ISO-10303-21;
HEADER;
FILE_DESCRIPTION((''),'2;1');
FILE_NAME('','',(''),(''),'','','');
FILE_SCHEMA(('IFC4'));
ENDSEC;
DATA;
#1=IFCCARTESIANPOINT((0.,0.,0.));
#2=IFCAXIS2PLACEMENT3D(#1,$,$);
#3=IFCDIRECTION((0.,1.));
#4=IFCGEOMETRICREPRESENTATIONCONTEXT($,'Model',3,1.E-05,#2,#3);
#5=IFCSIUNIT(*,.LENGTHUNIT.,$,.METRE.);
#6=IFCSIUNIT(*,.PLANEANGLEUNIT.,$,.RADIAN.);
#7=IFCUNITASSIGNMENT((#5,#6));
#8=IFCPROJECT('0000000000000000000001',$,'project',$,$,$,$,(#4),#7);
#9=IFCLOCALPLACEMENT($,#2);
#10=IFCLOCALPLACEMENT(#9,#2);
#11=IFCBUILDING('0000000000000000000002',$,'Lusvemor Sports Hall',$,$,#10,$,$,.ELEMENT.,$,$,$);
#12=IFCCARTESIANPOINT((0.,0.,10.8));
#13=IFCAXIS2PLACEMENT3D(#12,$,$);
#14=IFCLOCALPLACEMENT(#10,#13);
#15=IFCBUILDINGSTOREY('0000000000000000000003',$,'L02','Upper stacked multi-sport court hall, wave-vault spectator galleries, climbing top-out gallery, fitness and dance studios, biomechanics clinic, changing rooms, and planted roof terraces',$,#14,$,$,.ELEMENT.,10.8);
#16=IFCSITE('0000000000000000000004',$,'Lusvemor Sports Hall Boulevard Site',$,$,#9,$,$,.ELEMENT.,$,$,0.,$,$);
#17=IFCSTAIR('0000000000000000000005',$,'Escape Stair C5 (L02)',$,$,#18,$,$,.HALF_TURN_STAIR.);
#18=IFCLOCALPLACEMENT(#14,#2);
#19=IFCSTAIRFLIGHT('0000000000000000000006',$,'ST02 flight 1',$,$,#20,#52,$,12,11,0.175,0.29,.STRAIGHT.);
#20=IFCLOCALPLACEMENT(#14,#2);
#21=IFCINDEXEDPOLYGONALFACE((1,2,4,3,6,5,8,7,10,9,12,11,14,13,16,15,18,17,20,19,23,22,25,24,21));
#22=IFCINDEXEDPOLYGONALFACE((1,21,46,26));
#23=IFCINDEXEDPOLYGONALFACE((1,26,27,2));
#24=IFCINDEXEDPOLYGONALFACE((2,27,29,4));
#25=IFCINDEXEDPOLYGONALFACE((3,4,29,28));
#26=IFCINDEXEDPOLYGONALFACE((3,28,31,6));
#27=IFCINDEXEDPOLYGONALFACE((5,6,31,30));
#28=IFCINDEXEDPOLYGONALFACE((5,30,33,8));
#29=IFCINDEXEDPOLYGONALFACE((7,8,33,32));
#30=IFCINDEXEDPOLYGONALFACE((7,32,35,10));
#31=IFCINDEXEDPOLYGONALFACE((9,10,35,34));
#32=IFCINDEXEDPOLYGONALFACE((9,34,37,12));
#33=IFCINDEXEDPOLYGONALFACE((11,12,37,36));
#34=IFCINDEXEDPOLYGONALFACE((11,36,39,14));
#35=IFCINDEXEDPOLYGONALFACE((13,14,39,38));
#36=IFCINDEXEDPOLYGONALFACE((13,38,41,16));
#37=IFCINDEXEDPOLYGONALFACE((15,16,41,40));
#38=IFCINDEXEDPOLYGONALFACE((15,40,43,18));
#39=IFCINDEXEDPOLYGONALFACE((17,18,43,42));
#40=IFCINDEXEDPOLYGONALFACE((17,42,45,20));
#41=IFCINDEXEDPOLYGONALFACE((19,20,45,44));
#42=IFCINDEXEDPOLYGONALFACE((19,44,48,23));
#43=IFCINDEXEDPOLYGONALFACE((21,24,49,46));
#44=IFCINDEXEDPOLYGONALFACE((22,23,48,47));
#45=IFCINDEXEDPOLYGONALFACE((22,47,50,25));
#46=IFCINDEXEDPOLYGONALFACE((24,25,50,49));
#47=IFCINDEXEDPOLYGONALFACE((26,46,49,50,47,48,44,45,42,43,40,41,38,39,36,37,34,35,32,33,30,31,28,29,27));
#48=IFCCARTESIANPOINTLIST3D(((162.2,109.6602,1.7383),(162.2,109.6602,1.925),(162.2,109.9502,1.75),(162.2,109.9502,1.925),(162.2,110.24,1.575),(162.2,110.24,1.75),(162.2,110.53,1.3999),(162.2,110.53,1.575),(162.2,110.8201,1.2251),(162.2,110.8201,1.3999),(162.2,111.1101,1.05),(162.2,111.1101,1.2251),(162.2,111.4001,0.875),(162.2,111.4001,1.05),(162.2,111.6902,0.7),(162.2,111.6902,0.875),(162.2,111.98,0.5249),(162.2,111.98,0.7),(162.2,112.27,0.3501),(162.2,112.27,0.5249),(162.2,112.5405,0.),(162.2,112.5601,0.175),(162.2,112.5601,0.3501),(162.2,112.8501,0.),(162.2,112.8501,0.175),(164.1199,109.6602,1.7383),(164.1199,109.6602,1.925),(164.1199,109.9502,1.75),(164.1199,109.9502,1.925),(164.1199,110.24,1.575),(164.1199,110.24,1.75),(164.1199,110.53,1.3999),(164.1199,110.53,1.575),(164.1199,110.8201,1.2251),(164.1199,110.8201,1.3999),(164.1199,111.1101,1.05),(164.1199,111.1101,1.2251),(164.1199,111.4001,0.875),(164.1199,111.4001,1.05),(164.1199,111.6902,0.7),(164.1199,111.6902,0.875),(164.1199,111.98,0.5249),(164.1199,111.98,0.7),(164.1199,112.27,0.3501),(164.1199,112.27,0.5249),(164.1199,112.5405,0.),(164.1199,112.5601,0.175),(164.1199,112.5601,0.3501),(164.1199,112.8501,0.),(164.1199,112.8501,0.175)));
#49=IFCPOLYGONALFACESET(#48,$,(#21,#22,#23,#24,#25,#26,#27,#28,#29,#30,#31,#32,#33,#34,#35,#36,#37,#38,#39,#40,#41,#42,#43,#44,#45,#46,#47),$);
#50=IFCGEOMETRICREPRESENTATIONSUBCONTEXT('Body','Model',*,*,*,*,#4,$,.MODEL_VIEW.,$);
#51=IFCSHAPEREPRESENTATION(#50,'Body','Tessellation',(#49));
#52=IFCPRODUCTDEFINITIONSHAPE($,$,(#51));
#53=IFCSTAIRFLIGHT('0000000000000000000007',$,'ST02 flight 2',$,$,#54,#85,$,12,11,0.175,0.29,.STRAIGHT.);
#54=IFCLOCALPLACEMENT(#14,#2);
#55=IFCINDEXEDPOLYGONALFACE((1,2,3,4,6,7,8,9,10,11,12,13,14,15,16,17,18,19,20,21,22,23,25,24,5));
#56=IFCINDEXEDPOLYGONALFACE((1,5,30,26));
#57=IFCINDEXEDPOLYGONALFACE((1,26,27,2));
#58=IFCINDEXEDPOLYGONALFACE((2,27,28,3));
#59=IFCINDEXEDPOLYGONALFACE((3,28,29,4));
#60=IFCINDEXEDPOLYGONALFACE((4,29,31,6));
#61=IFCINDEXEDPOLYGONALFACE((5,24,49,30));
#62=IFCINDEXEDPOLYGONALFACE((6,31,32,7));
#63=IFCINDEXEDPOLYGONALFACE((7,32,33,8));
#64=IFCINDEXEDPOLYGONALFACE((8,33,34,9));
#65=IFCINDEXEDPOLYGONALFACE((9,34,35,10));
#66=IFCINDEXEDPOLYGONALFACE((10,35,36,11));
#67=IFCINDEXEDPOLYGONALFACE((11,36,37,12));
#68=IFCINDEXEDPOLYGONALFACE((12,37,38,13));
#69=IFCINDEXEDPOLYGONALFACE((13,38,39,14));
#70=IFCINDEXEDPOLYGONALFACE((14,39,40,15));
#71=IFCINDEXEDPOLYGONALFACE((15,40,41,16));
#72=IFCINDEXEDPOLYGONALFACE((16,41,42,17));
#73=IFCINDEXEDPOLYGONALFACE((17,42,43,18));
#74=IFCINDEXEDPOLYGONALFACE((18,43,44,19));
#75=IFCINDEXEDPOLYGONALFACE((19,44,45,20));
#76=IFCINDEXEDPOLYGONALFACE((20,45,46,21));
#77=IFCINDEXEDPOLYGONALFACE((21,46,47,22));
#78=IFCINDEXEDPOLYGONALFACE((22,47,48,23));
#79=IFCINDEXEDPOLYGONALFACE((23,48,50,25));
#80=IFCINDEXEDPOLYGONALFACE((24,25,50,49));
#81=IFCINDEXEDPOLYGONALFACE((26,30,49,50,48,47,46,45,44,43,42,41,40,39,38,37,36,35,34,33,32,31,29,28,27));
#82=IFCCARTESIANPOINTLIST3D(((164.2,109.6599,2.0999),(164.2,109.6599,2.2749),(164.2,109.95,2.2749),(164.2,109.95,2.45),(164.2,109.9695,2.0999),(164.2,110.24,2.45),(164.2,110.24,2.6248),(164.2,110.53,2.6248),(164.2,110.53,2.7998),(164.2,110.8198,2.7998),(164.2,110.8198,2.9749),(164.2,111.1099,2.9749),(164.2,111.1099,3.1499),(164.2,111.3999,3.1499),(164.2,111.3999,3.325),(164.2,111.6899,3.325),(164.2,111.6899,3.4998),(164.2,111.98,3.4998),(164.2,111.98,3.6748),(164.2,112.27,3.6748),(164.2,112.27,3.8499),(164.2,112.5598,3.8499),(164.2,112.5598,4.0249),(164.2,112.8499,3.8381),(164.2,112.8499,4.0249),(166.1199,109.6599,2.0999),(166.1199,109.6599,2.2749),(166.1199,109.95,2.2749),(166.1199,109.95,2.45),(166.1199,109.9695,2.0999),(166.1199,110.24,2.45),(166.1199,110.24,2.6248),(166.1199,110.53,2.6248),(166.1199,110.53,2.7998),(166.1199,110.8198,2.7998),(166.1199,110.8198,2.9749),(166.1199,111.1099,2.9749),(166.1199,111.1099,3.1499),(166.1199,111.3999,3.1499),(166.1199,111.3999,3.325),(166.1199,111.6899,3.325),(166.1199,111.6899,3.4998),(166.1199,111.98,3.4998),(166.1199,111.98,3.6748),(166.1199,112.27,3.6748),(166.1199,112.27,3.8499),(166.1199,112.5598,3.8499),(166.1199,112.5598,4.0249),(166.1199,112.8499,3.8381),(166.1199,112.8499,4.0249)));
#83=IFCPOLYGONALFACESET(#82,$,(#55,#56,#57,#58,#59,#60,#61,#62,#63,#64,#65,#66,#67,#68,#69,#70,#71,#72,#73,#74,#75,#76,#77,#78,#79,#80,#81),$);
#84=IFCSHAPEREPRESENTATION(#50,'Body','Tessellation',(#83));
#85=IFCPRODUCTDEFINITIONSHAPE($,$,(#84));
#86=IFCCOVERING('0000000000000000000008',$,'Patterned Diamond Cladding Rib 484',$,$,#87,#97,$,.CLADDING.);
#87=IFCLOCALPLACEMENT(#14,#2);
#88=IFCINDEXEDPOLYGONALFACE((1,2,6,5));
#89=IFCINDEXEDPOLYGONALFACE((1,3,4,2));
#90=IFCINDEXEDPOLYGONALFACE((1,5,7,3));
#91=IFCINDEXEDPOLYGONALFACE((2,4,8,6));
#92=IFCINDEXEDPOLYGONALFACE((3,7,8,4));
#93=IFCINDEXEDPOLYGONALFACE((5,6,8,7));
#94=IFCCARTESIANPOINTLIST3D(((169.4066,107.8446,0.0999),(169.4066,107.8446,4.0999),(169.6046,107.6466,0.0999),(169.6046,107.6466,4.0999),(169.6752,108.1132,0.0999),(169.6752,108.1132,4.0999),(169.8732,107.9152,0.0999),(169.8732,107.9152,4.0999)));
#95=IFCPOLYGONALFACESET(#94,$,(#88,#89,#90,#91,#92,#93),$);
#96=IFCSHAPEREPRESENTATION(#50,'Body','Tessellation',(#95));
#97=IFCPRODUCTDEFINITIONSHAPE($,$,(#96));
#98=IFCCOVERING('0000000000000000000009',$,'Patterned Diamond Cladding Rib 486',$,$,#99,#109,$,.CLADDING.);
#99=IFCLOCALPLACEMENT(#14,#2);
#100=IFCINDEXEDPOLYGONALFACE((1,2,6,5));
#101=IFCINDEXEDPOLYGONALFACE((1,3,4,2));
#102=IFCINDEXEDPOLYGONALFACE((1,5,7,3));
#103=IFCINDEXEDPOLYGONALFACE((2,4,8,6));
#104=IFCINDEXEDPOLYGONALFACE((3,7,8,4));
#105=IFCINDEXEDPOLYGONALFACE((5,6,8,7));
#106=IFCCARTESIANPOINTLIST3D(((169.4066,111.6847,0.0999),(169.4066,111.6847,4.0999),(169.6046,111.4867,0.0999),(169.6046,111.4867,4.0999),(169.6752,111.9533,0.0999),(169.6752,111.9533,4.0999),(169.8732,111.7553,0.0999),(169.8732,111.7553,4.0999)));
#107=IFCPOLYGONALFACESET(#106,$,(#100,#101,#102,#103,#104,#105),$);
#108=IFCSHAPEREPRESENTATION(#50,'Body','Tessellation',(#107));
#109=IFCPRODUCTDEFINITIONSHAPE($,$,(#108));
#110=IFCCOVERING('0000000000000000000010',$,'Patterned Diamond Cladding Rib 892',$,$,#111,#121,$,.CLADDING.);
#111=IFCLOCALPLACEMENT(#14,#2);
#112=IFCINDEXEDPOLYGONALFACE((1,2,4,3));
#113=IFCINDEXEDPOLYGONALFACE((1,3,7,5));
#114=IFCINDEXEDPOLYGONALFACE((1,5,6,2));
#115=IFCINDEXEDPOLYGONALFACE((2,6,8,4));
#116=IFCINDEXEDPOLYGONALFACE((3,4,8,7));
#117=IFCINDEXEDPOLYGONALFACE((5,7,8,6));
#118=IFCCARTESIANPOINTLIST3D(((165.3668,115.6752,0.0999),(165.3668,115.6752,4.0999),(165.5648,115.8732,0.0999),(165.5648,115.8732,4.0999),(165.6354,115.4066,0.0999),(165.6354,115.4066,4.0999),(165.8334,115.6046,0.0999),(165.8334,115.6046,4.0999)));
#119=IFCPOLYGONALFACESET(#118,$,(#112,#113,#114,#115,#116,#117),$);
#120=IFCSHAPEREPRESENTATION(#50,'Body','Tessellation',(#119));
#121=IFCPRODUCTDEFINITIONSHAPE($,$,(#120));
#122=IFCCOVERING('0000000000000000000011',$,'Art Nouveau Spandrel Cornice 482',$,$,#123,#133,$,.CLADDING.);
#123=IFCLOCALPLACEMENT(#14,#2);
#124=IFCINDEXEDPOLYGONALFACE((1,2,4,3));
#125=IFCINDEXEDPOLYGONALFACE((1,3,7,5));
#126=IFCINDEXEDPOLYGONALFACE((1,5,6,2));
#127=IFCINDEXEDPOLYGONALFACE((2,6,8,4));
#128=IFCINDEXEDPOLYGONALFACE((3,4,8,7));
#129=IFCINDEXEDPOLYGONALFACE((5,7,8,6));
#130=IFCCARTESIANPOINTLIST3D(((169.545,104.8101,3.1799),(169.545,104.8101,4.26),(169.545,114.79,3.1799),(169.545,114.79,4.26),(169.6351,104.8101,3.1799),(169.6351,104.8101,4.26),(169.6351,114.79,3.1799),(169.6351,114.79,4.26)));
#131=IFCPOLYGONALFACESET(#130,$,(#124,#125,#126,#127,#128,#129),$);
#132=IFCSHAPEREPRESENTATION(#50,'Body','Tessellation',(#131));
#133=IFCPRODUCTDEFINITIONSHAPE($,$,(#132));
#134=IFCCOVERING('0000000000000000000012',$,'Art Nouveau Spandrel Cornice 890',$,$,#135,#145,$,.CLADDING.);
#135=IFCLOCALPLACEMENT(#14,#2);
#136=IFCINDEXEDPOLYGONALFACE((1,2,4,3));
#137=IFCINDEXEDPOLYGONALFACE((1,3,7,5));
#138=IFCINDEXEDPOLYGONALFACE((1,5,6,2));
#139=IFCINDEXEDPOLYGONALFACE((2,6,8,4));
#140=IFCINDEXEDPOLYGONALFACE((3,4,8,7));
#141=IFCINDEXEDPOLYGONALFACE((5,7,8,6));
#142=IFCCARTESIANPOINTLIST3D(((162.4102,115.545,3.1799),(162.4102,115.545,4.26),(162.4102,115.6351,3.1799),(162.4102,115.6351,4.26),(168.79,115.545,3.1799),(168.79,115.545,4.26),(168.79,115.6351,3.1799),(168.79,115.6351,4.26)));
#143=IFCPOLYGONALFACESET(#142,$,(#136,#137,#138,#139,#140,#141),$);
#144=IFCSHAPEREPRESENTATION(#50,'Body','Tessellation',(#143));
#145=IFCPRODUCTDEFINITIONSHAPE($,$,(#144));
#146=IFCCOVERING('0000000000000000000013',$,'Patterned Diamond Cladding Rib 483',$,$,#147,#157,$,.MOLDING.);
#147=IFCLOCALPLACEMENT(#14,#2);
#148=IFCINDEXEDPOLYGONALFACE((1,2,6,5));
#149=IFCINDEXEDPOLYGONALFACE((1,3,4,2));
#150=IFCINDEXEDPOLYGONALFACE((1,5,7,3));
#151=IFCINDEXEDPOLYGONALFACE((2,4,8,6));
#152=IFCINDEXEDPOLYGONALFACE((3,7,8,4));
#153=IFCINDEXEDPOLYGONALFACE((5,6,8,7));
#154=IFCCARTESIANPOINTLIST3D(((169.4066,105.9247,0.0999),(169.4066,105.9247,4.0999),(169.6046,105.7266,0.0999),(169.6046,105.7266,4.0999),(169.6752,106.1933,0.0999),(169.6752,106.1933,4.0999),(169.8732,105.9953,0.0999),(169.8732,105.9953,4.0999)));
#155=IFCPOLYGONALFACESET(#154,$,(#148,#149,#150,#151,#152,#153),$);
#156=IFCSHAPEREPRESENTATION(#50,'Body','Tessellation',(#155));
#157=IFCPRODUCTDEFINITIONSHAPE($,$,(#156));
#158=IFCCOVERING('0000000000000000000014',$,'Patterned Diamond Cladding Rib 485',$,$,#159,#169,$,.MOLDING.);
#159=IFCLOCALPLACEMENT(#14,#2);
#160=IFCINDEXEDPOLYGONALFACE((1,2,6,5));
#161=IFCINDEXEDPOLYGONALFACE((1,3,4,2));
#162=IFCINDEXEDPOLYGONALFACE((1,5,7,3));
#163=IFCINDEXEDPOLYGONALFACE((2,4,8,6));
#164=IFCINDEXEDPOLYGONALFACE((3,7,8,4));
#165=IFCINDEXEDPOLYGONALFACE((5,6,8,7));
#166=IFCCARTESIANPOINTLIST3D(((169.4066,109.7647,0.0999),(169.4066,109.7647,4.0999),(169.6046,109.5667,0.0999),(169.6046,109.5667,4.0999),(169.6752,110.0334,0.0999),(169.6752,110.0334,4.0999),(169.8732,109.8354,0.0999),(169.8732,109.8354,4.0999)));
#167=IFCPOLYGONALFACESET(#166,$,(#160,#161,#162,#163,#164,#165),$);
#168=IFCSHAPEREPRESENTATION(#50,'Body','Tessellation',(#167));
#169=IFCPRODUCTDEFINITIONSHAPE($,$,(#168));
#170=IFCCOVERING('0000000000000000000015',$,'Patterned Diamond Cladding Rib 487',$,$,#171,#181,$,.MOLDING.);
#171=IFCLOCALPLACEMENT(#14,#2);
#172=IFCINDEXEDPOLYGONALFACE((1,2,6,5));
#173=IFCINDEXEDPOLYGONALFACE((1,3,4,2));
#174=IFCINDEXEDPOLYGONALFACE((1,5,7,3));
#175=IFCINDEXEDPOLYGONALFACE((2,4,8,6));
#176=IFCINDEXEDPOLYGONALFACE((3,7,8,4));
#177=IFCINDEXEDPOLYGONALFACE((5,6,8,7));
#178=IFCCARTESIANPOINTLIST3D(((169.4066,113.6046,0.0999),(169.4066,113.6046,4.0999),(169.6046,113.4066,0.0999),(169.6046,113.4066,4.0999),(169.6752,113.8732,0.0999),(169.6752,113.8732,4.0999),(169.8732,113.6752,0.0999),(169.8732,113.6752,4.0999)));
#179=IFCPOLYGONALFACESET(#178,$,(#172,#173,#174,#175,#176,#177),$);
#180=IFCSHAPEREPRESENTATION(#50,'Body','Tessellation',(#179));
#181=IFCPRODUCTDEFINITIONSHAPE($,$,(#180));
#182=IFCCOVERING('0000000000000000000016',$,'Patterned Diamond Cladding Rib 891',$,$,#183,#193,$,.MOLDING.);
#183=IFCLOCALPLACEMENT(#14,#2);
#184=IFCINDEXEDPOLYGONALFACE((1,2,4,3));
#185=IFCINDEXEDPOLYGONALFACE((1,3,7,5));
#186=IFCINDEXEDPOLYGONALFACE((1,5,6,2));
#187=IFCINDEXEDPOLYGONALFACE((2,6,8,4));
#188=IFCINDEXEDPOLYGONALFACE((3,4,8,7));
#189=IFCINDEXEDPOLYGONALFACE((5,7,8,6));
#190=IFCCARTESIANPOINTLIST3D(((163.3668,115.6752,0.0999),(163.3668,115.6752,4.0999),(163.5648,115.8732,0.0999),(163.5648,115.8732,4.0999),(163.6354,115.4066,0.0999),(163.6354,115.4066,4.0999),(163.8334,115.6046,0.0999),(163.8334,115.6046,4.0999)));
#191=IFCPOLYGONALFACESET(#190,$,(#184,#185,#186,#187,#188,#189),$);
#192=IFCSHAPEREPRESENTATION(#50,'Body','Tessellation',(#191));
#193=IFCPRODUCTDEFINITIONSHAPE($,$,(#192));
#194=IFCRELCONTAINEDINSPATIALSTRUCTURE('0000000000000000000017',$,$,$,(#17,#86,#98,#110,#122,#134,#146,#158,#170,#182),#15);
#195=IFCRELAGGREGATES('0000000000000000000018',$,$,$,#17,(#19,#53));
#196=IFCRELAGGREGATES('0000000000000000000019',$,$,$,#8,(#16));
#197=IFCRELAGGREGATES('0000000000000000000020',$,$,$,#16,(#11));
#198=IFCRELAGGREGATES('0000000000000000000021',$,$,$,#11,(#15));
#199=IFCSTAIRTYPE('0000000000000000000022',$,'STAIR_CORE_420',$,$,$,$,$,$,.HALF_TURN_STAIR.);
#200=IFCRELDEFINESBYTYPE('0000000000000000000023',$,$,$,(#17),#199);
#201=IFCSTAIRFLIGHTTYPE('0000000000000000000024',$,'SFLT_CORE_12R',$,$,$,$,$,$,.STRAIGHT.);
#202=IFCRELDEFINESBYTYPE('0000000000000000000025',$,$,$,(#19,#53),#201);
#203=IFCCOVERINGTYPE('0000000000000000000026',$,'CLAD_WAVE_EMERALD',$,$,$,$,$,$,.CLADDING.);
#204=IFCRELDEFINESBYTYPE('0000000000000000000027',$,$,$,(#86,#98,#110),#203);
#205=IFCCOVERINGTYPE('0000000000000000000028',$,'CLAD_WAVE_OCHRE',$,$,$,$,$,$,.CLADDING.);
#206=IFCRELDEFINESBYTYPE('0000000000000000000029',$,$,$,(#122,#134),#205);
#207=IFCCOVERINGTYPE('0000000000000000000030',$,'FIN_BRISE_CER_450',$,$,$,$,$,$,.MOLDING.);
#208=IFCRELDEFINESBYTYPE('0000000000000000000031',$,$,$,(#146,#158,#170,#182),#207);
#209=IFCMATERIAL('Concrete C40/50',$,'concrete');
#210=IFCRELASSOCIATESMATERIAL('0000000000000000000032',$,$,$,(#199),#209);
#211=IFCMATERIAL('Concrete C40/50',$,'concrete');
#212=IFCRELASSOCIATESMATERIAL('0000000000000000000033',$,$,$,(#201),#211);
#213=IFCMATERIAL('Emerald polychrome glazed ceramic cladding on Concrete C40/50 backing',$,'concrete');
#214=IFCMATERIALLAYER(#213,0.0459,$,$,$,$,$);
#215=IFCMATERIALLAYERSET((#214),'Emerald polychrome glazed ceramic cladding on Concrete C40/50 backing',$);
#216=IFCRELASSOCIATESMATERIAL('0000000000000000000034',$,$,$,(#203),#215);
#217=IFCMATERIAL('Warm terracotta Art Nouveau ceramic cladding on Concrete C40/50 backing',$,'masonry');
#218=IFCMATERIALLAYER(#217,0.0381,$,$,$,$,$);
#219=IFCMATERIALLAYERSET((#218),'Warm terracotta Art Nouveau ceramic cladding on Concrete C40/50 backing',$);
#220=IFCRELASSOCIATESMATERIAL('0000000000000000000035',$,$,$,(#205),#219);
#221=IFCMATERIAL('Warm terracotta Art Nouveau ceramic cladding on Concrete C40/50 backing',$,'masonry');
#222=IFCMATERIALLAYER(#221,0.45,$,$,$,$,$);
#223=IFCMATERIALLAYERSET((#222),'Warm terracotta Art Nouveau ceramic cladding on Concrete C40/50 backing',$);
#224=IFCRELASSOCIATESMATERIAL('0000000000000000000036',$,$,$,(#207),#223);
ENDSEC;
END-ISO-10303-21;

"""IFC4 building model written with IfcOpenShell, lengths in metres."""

from ifc_helpers import new_model, si_unit, direction, frame, origin, origin_2d, place, context, subcontext, project, spatial, polyline, rectangle, outline, extrude, material, layer, layer_set, type_object, element, aggregate, save


model = new_model("IFC4")

# Units and contexts
model_context = context("Model", 3, precision=1e-05, world=origin(), true_north=direction((0.0, 1.0)))
body_context = subcontext(model_context, "Body", "Model", "MODEL_VIEW")
ifc_project = project(units=[si_unit("LENGTHUNIT", "METRE"), si_unit("PLANEANGLEUNIT", "RADIAN")], contexts=[model_context])

# Site, building, storey
site_placement = place(None, origin())
site = spatial("IfcSite", under=ifc_project, at=site_placement, Name="Lusvemor Sports Hall Boulevard Site", CompositionType="ELEMENT", RefElevation=0.0)
building_placement = place(site_placement, origin())
building = spatial("IfcBuilding", under=site, at=building_placement, Name="Lusvemor Sports Hall", CompositionType="ELEMENT")
storey_placement = place(building_placement, frame((0.0, 0.0, 10.8)))
storey = spatial("IfcBuildingStorey", under=building, at=storey_placement, Name="L02", Description="Upper stacked multi-sport court hall, wave-vault spectator galleries, climbing top-out gallery, fitness and dance studios, biomechanics clinic, changing rooms, and planted roof terraces", CompositionType="ELEMENT", Elevation=10.8)

# Stair, stair flights
ifc_material_1 = material(Name="Concrete C40/50", Category="concrete")
stair_type = type_object("IfcStairType", Name="STAIR_CORE_420", PredefinedType="HALF_TURN_STAIR", material=ifc_material_1)
stair_placement = place(storey_placement, origin())
stair = element("IfcStair", 1, at=stair_placement, inside=storey, type_object=stair_type, Name="Escape Stair C5 (L02)", PredefinedType="HALF_TURN_STAIR")
ifc_material_2 = material(Name="Concrete C40/50", Category="concrete")
stair_flight_type = type_object("IfcStairFlightType", Name="SFLT_CORE_12R", PredefinedType="STRAIGHT", material=ifc_material_2)
stair_flight_1_placement = place(storey_placement, frame((163.1599, 112.8501, 0.0), z_axis=(0.0, 0.0, 1.0), x_axis=(0.0, -1.0, 0.0)))
stair_flight_1 = element("IfcStairFlight", 2, at=stair_flight_1_placement, type_object=stair_flight_type, Name="ST02 flight 1", NumberOfRisers=12, NumberOfTreads=11, PredefinedType="STRAIGHT", RiserHeight=0.175, TreadLength=0.29, context=body_context, shape_type="SweptSolid", body=[
    extrude(outline(polyline([(0.0, 0.0), (0.0, 0.175), (0.29, 0.175), (0.29, 0.3501), (0.5801, 0.3501), (0.5801, 0.5249), (0.8701, 0.5249), (0.8701, 0.7), (1.1599, 0.7), (1.1599, 0.875), (1.45, 0.875), (1.45, 1.05), (1.74, 1.05), (1.74, 1.2251), (2.03, 1.2251), (2.03, 1.3999), (2.3201, 1.3999), (2.3201, 1.575), (2.6101, 1.575), (2.6101, 1.75), (2.8999, 1.75), (2.8999, 1.925), (3.1899, 1.925), (3.1899, 2.1001), (3.1899, 1.7383), (0.3096, 0.0), (0.0, 0.0)])), frame((0.0, 0.96, 0.0), z_axis=(0.0, -1.0, 0.0), x_axis=(1.0, 0.0, 0.0)), (0.0, 0.0, 1.0), 1.9199),
])
stair_flight_2_placement = place(storey_placement, frame((165.1599, 109.6599, 2.0999), z_axis=(0.0, 0.0, 1.0), x_axis=(0.0, 1.0, 0.0)))
stair_flight_2 = element("IfcStairFlight", 3, at=stair_flight_2_placement, type_object=stair_flight_type, Name="ST02 flight 2", NumberOfRisers=12, NumberOfTreads=11, PredefinedType="STRAIGHT", RiserHeight=0.175, TreadLength=0.29, context=body_context, shape_type="SweptSolid", body=[
    extrude(outline(polyline([(0.0, 0.0), (0.0, 0.175), (0.29, 0.175), (0.29, 0.3501), (0.5801, 0.3501), (0.5801, 0.5249), (0.8701, 0.5249), (0.8701, 0.7), (1.1599, 0.7), (1.1599, 0.875), (1.45, 0.875), (1.45, 1.05), (1.74, 1.05), (1.74, 1.2251), (2.03, 1.2251), (2.03, 1.3999), (2.3201, 1.3999), (2.3201, 1.575), (2.6101, 1.575), (2.6101, 1.75), (2.8999, 1.75), (2.8999, 1.925), (3.1899, 1.925), (3.1899, 2.1001), (3.1899, 1.7383), (0.3096, 0.0), (0.0, 0.0)])), frame((0.0, 0.96, 0.0), z_axis=(0.0, -1.0, 0.0), x_axis=(1.0, 0.0, 0.0)), (0.0, 0.0, 1.0), 1.9199),
])
aggregate(stair, [stair_flight_1, stair_flight_2])

# Coverings
ifc_material_3 = material(Name="Emerald polychrome glazed ceramic cladding on Concrete C40/50 backing", Category="concrete")
ifc_layer_1 = layer(ifc_material_3, 0.0459)
ifc_layer_set_1 = layer_set([ifc_layer_1], Name="Emerald polychrome glazed ceramic cladding on Concrete C40/50 backing")
covering_type_1 = type_object("IfcCoveringType", Name="CLAD_WAVE_EMERALD", PredefinedType="CLADDING", material=ifc_layer_set_1)
for number, where, z_axis, x_axis, name in (
    (4, (169.6399, 107.8799, 0.0999), (0.0, 0.0, 1.0), (0.707107, 0.707107, 0.0), "Patterned Diamond Cladding Rib 484"),
    (5, (169.6399, 111.72, 0.0999), (0.0, 0.0, 1.0), (0.707107, 0.707107, 0.0), "Patterned Diamond Cladding Rib 486"),
):
    element("IfcCovering", number, at=place(storey_placement, frame(where, z_axis=z_axis, x_axis=x_axis)), inside=storey, type_object=covering_type_1, Name=name, PredefinedType="CLADDING", context=body_context, shape_type="SweptSolid", body=[
        extrude(rectangle(XDim=0.3799, YDim=0.28, at=origin_2d()), origin(), (0.0, 0.0, 1.0), 4.0),
    ])
covering_1_placement = place(storey_placement, frame((165.6001, 115.6399, 0.0999), z_axis=(0.0, 0.0, 1.0), x_axis=(0.707107, 0.707107, 0.0)))
element("IfcCovering", 6, at=covering_1_placement, inside=storey, type_object=covering_type_1, Name="Patterned Diamond Cladding Rib 892", PredefinedType="CLADDING", context=body_context, shape_type="SweptSolid", body=[
    extrude(rectangle(XDim=0.28, YDim=0.3799, at=origin_2d()), origin(), (0.0, 0.0, 1.0), 4.0),
])
ifc_material_4 = material(Name="Warm terracotta Art Nouveau ceramic cladding on Concrete C40/50 backing", Category="masonry")
ifc_layer_2 = layer(ifc_material_4, 0.0381)
ifc_layer_set_2 = layer_set([ifc_layer_2], Name="Warm terracotta Art Nouveau ceramic cladding on Concrete C40/50 backing")
covering_type_2 = type_object("IfcCoveringType", Name="CLAD_WAVE_OCHRE", PredefinedType="CLADDING", material=ifc_layer_set_2)
covering_2_placement = place(storey_placement, frame((169.5901, 109.8, 3.1799), z_axis=(0.0, 0.0, 1.0), x_axis=(1.0, 0.0, 0.0)))
element("IfcCovering", 7, at=covering_2_placement, inside=storey, type_object=covering_type_2, Name="Art Nouveau Spandrel Cornice 482", PredefinedType="CLADDING", context=body_context, shape_type="SweptSolid", body=[
    extrude(rectangle(XDim=0.0901, YDim=9.98, at=origin_2d()), origin(), (0.0, 0.0, 1.0), 1.0801),
])
covering_3_placement = place(storey_placement, frame((165.6001, 115.5901, 3.1799), z_axis=(0.0, 0.0, 1.0), x_axis=(1.0, 0.0, 0.0)))
element("IfcCovering", 8, at=covering_3_placement, inside=storey, type_object=covering_type_2, Name="Art Nouveau Spandrel Cornice 890", PredefinedType="CLADDING", context=body_context, shape_type="SweptSolid", body=[
    extrude(rectangle(XDim=6.3799, YDim=0.0901, at=origin_2d()), origin(), (0.0, 0.0, 1.0), 1.0801),
])
ifc_material_5 = material(Name="Warm terracotta Art Nouveau ceramic cladding on Concrete C40/50 backing", Category="masonry")
ifc_layer_3 = layer(ifc_material_5, 0.45)
ifc_layer_set_3 = layer_set([ifc_layer_3], Name="Warm terracotta Art Nouveau ceramic cladding on Concrete C40/50 backing")
covering_type_3 = type_object("IfcCoveringType", Name="FIN_BRISE_CER_450", PredefinedType="MOLDING", material=ifc_layer_set_3)
for number, where, z_axis, x_axis, name in (
    (9, (169.6399, 105.96, 0.0999), (0.0, 0.0, 1.0), (0.707107, 0.707107, 0.0), "Patterned Diamond Cladding Rib 483"),
    (10, (169.6399, 109.8, 0.0999), (0.0, 0.0, 1.0), (0.707107, 0.707107, 0.0), "Patterned Diamond Cladding Rib 485"),
    (11, (169.6399, 113.6399, 0.0999), (0.0, 0.0, 1.0), (0.707107, 0.707107, 0.0), "Patterned Diamond Cladding Rib 487"),
):
    element("IfcCovering", number, at=place(storey_placement, frame(where, z_axis=z_axis, x_axis=x_axis)), inside=storey, type_object=covering_type_3, Name=name, PredefinedType="MOLDING", context=body_context, shape_type="SweptSolid", body=[
        extrude(rectangle(XDim=0.3799, YDim=0.28, at=origin_2d()), origin(), (0.0, 0.0, 1.0), 4.0),
    ])
for number, where, z_axis, x_axis, name in (
    (12, (163.6001, 115.6399, 0.0999), (0.0, 0.0, 1.0), (0.707107, 0.707107, 0.0), "Patterned Diamond Cladding Rib 891"),
):
    element("IfcCovering", number, at=place(storey_placement, frame(where, z_axis=z_axis, x_axis=x_axis)), inside=storey, type_object=covering_type_3, Name=name, PredefinedType="MOLDING", context=body_context, shape_type="SweptSolid", body=[
        extrude(rectangle(XDim=0.28, YDim=0.3799, at=origin_2d()), origin(), (0.0, 0.0, 1.0), 4.0),
    ])

save(model, "model.ifc")
